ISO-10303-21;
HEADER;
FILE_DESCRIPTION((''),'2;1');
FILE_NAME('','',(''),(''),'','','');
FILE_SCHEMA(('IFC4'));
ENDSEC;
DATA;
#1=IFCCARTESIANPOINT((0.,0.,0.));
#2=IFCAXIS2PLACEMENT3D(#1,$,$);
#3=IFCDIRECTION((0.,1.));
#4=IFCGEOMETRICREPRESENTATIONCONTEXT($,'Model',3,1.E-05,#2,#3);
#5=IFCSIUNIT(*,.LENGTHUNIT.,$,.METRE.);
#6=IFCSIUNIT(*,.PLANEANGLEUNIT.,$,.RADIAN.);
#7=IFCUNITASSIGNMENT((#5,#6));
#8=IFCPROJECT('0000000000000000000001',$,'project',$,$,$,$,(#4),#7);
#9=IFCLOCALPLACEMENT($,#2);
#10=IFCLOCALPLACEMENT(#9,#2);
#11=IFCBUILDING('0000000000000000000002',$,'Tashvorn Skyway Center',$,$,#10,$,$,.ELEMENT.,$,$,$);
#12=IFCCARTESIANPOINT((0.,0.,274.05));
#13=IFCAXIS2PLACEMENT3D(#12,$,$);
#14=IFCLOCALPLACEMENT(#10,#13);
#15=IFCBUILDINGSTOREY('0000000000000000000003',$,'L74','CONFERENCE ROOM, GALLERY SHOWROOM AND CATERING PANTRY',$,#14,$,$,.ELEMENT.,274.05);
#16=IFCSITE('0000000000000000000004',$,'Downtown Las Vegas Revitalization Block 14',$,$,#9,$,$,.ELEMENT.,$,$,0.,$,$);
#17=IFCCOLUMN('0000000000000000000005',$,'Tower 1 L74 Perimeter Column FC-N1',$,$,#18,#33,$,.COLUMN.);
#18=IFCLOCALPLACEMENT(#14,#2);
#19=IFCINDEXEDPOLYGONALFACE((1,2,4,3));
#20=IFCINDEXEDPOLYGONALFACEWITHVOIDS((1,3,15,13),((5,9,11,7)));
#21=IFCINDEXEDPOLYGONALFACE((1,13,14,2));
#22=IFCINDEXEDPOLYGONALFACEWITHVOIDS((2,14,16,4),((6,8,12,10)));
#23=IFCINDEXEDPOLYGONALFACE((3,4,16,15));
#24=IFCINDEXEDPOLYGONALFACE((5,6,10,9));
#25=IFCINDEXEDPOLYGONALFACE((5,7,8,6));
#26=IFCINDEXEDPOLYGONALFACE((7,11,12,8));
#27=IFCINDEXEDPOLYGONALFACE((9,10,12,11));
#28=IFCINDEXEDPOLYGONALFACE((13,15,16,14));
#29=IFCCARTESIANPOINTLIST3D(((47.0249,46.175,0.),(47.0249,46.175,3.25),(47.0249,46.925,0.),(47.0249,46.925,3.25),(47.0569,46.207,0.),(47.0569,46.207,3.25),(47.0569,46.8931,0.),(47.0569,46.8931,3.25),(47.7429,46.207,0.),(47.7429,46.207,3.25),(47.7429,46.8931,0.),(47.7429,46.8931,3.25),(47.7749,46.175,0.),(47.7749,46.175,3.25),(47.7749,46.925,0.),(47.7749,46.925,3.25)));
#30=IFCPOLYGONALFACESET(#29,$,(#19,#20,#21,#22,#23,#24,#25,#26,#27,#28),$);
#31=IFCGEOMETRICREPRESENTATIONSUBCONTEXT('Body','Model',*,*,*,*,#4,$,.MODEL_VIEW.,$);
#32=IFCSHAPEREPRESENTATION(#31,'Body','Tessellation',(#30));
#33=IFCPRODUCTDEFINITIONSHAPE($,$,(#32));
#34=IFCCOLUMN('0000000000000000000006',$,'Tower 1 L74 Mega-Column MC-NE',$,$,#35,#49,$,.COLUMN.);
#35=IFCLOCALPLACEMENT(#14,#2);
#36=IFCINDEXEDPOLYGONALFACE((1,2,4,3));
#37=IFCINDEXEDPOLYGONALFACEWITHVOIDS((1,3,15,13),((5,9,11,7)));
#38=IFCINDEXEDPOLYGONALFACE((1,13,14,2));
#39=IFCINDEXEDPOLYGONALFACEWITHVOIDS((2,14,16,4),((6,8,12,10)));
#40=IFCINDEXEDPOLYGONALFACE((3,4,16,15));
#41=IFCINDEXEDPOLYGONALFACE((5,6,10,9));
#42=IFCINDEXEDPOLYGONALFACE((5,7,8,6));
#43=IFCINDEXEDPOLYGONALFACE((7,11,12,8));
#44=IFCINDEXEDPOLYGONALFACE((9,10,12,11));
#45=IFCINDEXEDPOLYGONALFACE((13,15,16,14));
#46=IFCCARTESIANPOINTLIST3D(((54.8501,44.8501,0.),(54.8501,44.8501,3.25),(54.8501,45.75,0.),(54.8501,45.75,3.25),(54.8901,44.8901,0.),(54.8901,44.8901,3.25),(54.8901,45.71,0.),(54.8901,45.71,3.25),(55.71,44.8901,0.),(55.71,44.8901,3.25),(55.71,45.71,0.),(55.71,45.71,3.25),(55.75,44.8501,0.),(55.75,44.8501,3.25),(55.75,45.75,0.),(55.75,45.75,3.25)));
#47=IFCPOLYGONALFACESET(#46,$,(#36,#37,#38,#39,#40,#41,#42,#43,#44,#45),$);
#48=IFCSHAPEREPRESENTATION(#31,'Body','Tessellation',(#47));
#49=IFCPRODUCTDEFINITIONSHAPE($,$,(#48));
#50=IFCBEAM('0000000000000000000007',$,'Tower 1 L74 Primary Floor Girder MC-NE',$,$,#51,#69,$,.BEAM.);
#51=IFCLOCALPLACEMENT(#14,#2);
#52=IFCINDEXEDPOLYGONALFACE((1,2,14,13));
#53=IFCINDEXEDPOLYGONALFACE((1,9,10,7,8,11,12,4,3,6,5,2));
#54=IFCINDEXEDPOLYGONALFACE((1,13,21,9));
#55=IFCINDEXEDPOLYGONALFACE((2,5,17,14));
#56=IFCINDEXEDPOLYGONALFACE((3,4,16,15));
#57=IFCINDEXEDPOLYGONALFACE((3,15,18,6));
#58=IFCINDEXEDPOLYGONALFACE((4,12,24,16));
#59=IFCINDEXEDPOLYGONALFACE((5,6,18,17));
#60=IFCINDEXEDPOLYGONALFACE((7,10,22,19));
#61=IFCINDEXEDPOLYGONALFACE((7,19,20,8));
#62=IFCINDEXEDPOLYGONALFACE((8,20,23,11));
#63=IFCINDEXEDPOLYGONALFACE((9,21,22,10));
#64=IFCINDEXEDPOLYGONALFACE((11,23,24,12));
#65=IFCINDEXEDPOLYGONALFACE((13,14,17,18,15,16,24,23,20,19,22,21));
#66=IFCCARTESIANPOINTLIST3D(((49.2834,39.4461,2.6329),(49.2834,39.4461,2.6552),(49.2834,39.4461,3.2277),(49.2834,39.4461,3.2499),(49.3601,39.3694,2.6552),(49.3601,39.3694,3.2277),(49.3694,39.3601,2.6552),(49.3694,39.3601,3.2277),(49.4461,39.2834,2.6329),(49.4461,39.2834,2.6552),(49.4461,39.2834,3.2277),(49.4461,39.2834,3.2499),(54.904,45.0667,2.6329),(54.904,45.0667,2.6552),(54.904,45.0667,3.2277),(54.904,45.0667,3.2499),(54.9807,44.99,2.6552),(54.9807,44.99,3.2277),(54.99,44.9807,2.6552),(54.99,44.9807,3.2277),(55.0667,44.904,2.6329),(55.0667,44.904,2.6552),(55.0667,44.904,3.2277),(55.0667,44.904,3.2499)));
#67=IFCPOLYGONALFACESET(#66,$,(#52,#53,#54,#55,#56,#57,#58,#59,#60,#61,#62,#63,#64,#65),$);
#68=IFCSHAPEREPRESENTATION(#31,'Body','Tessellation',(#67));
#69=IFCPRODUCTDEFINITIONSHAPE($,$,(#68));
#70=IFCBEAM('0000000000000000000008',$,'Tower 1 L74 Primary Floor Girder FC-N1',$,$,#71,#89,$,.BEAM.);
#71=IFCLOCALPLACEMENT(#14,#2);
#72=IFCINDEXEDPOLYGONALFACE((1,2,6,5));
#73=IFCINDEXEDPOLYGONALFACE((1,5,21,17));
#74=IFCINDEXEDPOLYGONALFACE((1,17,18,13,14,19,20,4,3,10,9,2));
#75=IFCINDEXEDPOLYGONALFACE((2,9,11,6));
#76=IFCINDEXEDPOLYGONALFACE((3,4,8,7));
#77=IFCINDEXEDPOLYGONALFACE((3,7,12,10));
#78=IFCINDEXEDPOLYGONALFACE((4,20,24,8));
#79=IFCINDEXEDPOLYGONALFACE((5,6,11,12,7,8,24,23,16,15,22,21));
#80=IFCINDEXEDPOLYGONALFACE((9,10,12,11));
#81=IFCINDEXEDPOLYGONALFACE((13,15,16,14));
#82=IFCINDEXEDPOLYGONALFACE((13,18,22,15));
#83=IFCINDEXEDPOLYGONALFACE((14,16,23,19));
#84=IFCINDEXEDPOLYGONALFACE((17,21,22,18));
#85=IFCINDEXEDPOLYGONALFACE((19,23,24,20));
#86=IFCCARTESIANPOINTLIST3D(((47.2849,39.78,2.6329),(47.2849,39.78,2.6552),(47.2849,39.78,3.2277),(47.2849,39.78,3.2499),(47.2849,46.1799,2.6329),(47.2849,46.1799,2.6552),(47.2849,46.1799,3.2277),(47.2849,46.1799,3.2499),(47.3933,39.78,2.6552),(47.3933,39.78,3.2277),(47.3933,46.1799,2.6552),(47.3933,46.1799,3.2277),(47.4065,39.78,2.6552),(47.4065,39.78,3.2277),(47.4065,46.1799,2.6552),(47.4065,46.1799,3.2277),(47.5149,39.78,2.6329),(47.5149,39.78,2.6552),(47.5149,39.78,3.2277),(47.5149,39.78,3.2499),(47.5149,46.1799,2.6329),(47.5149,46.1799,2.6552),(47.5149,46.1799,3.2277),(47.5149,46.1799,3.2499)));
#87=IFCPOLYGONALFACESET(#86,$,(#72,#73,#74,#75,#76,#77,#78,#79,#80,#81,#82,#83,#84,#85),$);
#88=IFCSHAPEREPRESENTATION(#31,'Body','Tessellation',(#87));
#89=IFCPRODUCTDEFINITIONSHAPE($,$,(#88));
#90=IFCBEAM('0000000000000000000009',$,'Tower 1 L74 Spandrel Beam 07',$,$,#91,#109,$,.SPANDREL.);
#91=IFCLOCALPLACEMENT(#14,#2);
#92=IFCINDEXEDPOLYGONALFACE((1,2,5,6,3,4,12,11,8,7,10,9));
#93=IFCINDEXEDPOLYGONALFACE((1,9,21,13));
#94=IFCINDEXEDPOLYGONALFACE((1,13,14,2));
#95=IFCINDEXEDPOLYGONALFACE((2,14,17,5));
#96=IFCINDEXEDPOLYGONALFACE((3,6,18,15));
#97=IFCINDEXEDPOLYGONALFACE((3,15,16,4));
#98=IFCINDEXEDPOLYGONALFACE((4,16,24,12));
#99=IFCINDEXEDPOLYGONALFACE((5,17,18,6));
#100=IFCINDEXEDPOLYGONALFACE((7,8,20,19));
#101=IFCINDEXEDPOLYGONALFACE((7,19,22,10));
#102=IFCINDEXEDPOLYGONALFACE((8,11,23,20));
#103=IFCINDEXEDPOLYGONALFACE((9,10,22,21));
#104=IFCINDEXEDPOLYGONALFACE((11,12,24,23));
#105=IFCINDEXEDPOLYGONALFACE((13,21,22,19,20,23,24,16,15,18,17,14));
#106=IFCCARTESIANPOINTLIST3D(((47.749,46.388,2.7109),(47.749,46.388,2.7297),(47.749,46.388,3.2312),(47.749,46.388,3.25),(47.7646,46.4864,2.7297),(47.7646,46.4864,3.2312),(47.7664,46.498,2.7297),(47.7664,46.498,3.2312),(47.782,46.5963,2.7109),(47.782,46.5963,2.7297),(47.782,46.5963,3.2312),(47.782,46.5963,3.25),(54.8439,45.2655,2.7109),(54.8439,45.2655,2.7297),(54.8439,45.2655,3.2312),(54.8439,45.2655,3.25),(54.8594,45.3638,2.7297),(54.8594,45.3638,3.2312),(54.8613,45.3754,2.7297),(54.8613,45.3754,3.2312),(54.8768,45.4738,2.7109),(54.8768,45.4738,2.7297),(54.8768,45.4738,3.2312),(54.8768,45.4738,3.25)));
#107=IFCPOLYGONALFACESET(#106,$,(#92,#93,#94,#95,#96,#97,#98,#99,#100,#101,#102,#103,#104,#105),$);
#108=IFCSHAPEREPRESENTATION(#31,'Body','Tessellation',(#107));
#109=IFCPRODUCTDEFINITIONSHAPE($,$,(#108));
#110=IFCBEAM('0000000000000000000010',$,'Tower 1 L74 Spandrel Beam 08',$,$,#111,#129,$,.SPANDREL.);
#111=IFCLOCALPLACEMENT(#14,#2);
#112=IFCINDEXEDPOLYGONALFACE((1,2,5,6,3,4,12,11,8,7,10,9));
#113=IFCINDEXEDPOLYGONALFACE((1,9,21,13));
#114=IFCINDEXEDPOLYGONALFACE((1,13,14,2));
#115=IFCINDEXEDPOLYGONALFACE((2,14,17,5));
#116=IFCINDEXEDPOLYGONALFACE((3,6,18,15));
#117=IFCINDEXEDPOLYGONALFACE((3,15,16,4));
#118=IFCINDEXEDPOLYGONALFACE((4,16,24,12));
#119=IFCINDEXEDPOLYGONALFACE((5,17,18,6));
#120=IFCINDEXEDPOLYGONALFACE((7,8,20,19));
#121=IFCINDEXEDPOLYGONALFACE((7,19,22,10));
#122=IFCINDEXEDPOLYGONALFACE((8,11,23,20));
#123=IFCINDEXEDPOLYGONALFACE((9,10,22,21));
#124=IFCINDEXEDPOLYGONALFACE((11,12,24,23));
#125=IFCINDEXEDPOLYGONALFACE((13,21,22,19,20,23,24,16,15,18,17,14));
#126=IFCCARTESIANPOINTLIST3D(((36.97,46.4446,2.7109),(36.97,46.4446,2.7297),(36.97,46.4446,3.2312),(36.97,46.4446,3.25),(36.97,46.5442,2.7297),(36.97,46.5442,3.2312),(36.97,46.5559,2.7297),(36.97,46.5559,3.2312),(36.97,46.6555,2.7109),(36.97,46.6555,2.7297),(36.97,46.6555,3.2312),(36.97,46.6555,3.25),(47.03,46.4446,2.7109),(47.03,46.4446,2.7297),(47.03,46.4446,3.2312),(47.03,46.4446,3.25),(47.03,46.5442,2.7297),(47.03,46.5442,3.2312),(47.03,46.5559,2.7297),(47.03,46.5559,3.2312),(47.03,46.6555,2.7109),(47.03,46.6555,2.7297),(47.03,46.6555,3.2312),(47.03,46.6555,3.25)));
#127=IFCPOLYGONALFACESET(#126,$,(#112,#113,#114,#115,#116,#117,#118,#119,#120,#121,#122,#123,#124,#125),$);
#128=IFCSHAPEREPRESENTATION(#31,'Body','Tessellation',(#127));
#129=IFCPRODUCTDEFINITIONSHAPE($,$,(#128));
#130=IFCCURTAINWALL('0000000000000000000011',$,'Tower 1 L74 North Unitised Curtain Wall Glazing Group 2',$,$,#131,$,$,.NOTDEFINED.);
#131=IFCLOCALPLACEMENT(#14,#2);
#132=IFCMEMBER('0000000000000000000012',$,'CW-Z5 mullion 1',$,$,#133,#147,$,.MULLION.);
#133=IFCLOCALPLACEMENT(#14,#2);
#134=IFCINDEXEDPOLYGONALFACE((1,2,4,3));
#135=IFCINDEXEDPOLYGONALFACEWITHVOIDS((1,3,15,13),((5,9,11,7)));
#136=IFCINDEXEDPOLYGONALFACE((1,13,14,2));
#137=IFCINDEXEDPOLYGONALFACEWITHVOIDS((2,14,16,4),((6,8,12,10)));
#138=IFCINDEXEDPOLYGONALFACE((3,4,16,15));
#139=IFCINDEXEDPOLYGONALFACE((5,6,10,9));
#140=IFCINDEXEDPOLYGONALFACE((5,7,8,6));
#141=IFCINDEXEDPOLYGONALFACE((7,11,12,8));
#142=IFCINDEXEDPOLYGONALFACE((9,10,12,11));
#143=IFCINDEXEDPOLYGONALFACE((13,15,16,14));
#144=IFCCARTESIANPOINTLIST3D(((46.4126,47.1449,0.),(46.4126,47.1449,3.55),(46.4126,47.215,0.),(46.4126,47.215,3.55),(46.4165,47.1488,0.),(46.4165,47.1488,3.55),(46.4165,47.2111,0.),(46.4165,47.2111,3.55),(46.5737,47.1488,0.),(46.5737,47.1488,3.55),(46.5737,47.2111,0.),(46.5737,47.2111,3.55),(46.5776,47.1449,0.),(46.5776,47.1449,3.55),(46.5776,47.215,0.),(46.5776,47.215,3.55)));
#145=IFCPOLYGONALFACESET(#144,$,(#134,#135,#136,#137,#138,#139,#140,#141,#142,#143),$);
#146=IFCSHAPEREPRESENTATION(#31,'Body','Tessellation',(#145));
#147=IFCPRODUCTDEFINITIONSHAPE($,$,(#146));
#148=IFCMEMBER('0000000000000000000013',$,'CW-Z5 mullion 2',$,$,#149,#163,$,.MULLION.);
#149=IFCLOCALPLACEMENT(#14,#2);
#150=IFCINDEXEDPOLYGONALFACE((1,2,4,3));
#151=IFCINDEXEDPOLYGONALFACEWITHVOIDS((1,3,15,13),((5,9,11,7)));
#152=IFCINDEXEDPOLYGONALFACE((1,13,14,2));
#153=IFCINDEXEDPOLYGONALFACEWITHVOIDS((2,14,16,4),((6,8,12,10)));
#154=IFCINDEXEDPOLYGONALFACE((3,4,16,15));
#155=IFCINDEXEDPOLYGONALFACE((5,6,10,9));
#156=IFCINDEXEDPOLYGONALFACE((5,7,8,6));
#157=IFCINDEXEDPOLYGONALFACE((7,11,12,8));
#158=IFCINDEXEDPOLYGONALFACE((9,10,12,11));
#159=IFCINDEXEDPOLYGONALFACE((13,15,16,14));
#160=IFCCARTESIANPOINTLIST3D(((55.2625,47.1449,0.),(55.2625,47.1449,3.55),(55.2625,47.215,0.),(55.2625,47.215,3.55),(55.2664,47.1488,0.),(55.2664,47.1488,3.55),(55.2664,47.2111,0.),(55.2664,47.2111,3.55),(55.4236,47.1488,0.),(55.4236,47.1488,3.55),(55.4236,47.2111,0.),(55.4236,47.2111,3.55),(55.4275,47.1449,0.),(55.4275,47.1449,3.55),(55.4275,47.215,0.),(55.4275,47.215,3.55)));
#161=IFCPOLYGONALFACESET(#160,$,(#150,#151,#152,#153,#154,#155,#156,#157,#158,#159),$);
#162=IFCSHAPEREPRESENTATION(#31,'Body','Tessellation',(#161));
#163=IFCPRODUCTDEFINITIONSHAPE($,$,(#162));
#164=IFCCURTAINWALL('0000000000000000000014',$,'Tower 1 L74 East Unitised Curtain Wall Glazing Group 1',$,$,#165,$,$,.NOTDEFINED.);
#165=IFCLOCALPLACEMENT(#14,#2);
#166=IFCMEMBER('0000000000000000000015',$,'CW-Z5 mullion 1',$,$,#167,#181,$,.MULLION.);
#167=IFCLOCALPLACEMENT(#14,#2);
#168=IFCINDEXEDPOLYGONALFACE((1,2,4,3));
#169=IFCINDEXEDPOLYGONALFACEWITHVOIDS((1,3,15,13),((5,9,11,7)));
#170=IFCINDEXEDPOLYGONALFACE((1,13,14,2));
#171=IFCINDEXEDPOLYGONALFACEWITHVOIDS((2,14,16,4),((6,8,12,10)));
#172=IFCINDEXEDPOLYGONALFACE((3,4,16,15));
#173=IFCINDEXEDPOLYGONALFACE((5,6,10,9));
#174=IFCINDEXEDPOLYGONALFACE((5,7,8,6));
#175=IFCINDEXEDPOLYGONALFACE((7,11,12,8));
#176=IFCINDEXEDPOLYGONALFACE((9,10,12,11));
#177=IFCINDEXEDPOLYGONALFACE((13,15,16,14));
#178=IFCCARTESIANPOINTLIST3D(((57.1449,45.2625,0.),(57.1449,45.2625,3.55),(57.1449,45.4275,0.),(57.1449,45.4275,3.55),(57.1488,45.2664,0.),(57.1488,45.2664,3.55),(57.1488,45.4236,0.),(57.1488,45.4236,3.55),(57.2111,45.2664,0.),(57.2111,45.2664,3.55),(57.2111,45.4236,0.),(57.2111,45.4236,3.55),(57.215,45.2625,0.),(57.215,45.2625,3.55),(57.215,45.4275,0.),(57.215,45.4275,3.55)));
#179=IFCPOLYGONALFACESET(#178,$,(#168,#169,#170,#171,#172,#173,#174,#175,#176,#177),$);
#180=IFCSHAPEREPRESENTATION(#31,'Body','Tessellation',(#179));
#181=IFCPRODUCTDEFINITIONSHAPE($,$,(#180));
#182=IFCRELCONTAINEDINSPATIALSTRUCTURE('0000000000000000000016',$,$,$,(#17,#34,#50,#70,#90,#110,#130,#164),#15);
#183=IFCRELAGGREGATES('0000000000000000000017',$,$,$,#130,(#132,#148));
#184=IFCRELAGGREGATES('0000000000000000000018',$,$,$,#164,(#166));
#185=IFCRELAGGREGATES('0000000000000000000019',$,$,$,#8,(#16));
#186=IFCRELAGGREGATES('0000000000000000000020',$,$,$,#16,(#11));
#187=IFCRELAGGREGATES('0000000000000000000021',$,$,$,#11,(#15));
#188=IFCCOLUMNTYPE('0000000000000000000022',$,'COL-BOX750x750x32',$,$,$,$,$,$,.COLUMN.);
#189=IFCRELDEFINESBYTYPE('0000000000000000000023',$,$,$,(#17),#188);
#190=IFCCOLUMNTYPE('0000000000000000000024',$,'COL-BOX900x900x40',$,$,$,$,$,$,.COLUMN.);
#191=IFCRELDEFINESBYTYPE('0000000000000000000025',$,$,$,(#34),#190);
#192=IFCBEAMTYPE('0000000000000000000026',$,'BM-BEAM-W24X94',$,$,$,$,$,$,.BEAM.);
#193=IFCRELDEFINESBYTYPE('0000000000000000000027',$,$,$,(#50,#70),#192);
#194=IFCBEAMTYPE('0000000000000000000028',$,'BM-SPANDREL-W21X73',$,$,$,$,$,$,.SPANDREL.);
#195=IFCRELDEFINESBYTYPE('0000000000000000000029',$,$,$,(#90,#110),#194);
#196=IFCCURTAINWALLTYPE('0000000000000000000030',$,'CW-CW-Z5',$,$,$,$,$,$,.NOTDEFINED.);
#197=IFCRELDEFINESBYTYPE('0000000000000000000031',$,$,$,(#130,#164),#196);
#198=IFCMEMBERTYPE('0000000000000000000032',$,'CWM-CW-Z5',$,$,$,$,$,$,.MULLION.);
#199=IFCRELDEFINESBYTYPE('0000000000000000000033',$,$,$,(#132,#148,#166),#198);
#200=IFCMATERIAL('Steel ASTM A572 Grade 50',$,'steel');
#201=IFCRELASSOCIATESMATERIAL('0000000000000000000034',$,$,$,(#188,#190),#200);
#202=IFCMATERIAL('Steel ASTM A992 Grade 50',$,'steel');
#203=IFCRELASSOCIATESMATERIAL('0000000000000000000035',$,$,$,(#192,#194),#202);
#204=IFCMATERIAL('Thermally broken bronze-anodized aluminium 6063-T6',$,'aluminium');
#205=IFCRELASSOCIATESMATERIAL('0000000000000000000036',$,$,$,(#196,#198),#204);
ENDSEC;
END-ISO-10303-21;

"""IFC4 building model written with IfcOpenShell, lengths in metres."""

from ifc_helpers import new_model, si_unit, direction, frame, origin, origin_2d, place, context, subcontext, project, spatial, hollow_rectangle, i_section, extrude, material, material_profile, profile_set, type_object, element, aggregate, save


model = new_model("IFC4")

# Units and contexts
model_context = context("Model", 3, precision=1e-05, world=origin(), true_north=direction((0.0, 1.0)))
body_context = subcontext(model_context, "Body", "Model", "MODEL_VIEW")
ifc_project = project(units=[si_unit("LENGTHUNIT", "METRE"), si_unit("PLANEANGLEUNIT", "RADIAN")], contexts=[model_context])

# Site, building, storey
site_placement = place(None, origin())
site = spatial("IfcSite", under=ifc_project, at=site_placement, Name="Downtown Las Vegas Revitalization Block 14", CompositionType="ELEMENT", RefElevation=0.0)
building_placement = place(site_placement, origin())
building = spatial("IfcBuilding", under=site, at=building_placement, Name="Tashvorn Skyway Center", CompositionType="ELEMENT")
storey_placement = place(building_placement, frame((0.0, 0.0, 274.05)))
storey = spatial("IfcBuildingStorey", under=building, at=storey_placement, Name="L74", Description="CONFERENCE ROOM, GALLERY SHOWROOM AND CATERING PANTRY", CompositionType="ELEMENT", Elevation=274.05)

# Columns
ifc_material_1 = material(Name="Steel ASTM A572 Grade 50", Category="steel")
ifc_material_profile_1 = material_profile(ifc_material_1, hollow_rectangle(XDim=0.75, YDim=0.75, WallThickness=0.032, at=origin_2d()), Name="BOX750x750x32")
ifc_profile_set_1 = profile_set([ifc_material_profile_1], Name="Steel ASTM A572 Grade 50")
column_type_1 = type_object("IfcColumnType", Name="COL-BOX750x750x32", PredefinedType="COLUMN", material=ifc_profile_set_1)
column_1_placement = place(storey_placement, frame((47.3999, 46.55, 0.0), z_axis=(0.0, 0.0, 1.0), x_axis=(1.0, 0.0, 0.0)))
element("IfcColumn", 1, at=column_1_placement, inside=storey, type_object=column_type_1, Name="Tower 1 L74 Perimeter Column FC-N1", PredefinedType="COLUMN", context=body_context, shape_type="SweptSolid", body=[
    extrude(hollow_rectangle(XDim=0.75, YDim=0.75, WallThickness=0.032, at=origin_2d()), origin(), (0.0, 0.0, 1.0), 3.25),
])
ifc_material_profile_2 = material_profile(ifc_material_1, hollow_rectangle(XDim=0.8999, YDim=0.8999, WallThickness=0.04, at=origin_2d()), Name="BOX900x900x40")
ifc_profile_set_2 = profile_set([ifc_material_profile_2], Name="Steel ASTM A572 Grade 50")
column_type_2 = type_object("IfcColumnType", Name="COL-BOX900x900x40", PredefinedType="COLUMN", material=ifc_profile_set_2)
column_2_placement = place(storey_placement, frame((55.3, 45.3, 0.0), z_axis=(0.0, 0.0, 1.0), x_axis=(1.0, 0.0, 0.0)))
element("IfcColumn", 2, at=column_2_placement, inside=storey, type_object=column_type_2, Name="Tower 1 L74 Mega-Column MC-NE", PredefinedType="COLUMN", context=body_context, shape_type="SweptSolid", body=[
    extrude(hollow_rectangle(XDim=0.8999, YDim=0.8999, WallThickness=0.04, at=origin_2d()), origin(), (0.0, 0.0, 1.0), 3.25),
])

# Beams
ifc_material_2 = material(Name="Steel ASTM A992 Grade 50", Category="steel")
ifc_material_profile_3 = material_profile(ifc_material_2, i_section(OverallWidth=0.23, OverallDepth=0.6169, WebThickness=0.0132, FlangeThickness=0.0222, at=origin_2d()), Name="W24X94")
ifc_profile_set_3 = profile_set([ifc_material_profile_3], Name="Steel ASTM A992 Grade 50")
beam_type_1 = type_object("IfcBeamType", Name="BM-BEAM-W24X94", PredefinedType="BEAM", material=ifc_profile_set_3)
beam_1_placement = place(storey_placement, frame((54.9854, 44.9854, 2.9414), z_axis=(-0.707107, -0.707107, 0.0), x_axis=(0.707107, -0.707107, 0.0)))
element("IfcBeam", 3, at=beam_1_placement, inside=storey, type_object=beam_type_1, Name="Tower 1 L74 Primary Floor Girder MC-NE", PredefinedType="BEAM", context=body_context, shape_type="SweptSolid", body=[
    extrude(i_section(OverallWidth=0.23, OverallDepth=0.6169, WebThickness=0.0132, FlangeThickness=0.0222, at=origin_2d()), origin(), (0.0, 0.0, 1.0), 7.9487),
])
beam_2_placement = place(storey_placement, frame((47.3999, 46.1799, 2.9414), z_axis=(0.0, -1.0, 0.0), x_axis=(1.0, 0.0, 0.0)))
element("IfcBeam", 4, at=beam_2_placement, inside=storey, type_object=beam_type_1, Name="Tower 1 L74 Primary Floor Girder FC-N1", PredefinedType="BEAM", context=body_context, shape_type="SweptSolid", body=[
    extrude(i_section(OverallWidth=0.23, OverallDepth=0.6169, WebThickness=0.0132, FlangeThickness=0.0222, at=origin_2d()), origin(), (0.0, 0.0, 1.0), 6.3999),
])
ifc_material_profile_4 = material_profile(ifc_material_2, i_section(OverallWidth=0.2109, OverallDepth=0.5391, WebThickness=0.0117, FlangeThickness=0.0188, at=origin_2d()), Name="W21X73")
ifc_profile_set_4 = profile_set([ifc_material_profile_4], Name="Steel ASTM A992 Grade 50")
beam_type_2 = type_object("IfcBeamType", Name="BM-SPANDREL-W21X73", PredefinedType="SPANDREL", material=ifc_profile_set_4)
beam_3_placement = place(storey_placement, frame((54.8604, 45.3696, 2.9805), z_axis=(-0.987714, 0.156275, 0.0), x_axis=(-0.156275, -0.987714, 0.0)))
element("IfcBeam", 5, at=beam_3_placement, inside=storey, type_object=beam_type_2, Name="Tower 1 L74 Spandrel Beam 07", PredefinedType="SPANDREL", context=body_context, shape_type="SweptSolid", body=[
    extrude(i_section(OverallWidth=0.2109, OverallDepth=0.5391, WebThickness=0.0117, FlangeThickness=0.0188, at=origin_2d()), origin(), (0.0, 0.0, 1.0), 7.1831),
])
beam_4_placement = place(storey_placement, frame((47.03, 46.55, 2.9805), z_axis=(-1.0, 0.0, 0.0), x_axis=(0.0, -1.0, 0.0)))
element("IfcBeam", 6, at=beam_4_placement, inside=storey, type_object=beam_type_2, Name="Tower 1 L74 Spandrel Beam 08", PredefinedType="SPANDREL", context=body_context, shape_type="SweptSolid", body=[
    extrude(i_section(OverallWidth=0.2109, OverallDepth=0.5391, WebThickness=0.0117, FlangeThickness=0.0188, at=origin_2d()), origin(), (0.0, 0.0, 1.0), 10.0601),
])

# Curtain wall, members
ifc_material_3 = material(Name="Thermally broken bronze-anodized aluminium 6063-T6", Category="aluminium")
curtain_wall_type = type_object("IfcCurtainWallType", Name="CW-CW-Z5", PredefinedType="NOTDEFINED", material=ifc_material_3)
curtain_wall_1_placement = place(storey_placement, origin())
curtain_wall_1 = element("IfcCurtainWall", 7, at=curtain_wall_1_placement, inside=storey, type_object=curtain_wall_type, Name="Tower 1 L74 North Unitised Curtain Wall Glazing Group 2", PredefinedType="NOTDEFINED")
ifc_material_profile_5 = material_profile(ifc_material_3, hollow_rectangle(XDim=0.0701, YDim=0.165, WallThickness=0.0039, at=origin_2d()), Name="ALU-MULL-70x165")
ifc_profile_set_5 = profile_set([ifc_material_profile_5], Name="Thermally broken bronze-anodized aluminium 6063-T6")
member_type_1 = type_object("IfcMemberType", Name="CWM-CW-Z5", PredefinedType="MULLION", material=ifc_profile_set_5)
member_1_placement = place(storey_placement, frame((46.4951, 47.1799, 0.0), z_axis=(0.0, 0.0, 1.0), x_axis=(0.0, 1.0, 0.0)))
member_1 = element("IfcMember", 8, at=member_1_placement, type_object=member_type_1, Name="CW-Z5 mullion 1", PredefinedType="MULLION", context=body_context, shape_type="SweptSolid", body=[
    extrude(hollow_rectangle(XDim=0.0701, YDim=0.165, WallThickness=0.0039, at=origin_2d()), origin(), (0.0, 0.0, 1.0), 3.55),
])
member_2_placement = place(storey_placement, frame((55.345, 47.1799, 0.0), z_axis=(0.0, 0.0, 1.0), x_axis=(0.0, 1.0, 0.0)))
member_2 = element("IfcMember", 9, at=member_2_placement, type_object=member_type_1, Name="CW-Z5 mullion 2", PredefinedType="MULLION", context=body_context, shape_type="SweptSolid", body=[
    extrude(hollow_rectangle(XDim=0.0701, YDim=0.165, WallThickness=0.0039, at=origin_2d()), origin(), (0.0, 0.0, 1.0), 3.55),
])

# Curtain wall, member
curtain_wall_2_placement = place(storey_placement, origin())
curtain_wall_2 = element("IfcCurtainWall", 10, at=curtain_wall_2_placement, inside=storey, type_object=curtain_wall_type, Name="Tower 1 L74 East Unitised Curtain Wall Glazing Group 1", PredefinedType="NOTDEFINED")
member_3_placement = place(storey_placement, frame((57.1799, 45.345, 0.0), z_axis=(0.0, 0.0, 1.0), x_axis=(1.0, 0.0, 0.0)))
member_3 = element("IfcMember", 11, at=member_3_placement, type_object=member_type_1, Name="CW-Z5 mullion 1", PredefinedType="MULLION", context=body_context, shape_type="SweptSolid", body=[
    extrude(hollow_rectangle(XDim=0.0701, YDim=0.165, WallThickness=0.0039, at=origin_2d()), origin(), (0.0, 0.0, 1.0), 3.55),
])

aggregate(curtain_wall_1, [member_1, member_2])
aggregate(curtain_wall_2, [member_3])

save(model, "model.ifc")
